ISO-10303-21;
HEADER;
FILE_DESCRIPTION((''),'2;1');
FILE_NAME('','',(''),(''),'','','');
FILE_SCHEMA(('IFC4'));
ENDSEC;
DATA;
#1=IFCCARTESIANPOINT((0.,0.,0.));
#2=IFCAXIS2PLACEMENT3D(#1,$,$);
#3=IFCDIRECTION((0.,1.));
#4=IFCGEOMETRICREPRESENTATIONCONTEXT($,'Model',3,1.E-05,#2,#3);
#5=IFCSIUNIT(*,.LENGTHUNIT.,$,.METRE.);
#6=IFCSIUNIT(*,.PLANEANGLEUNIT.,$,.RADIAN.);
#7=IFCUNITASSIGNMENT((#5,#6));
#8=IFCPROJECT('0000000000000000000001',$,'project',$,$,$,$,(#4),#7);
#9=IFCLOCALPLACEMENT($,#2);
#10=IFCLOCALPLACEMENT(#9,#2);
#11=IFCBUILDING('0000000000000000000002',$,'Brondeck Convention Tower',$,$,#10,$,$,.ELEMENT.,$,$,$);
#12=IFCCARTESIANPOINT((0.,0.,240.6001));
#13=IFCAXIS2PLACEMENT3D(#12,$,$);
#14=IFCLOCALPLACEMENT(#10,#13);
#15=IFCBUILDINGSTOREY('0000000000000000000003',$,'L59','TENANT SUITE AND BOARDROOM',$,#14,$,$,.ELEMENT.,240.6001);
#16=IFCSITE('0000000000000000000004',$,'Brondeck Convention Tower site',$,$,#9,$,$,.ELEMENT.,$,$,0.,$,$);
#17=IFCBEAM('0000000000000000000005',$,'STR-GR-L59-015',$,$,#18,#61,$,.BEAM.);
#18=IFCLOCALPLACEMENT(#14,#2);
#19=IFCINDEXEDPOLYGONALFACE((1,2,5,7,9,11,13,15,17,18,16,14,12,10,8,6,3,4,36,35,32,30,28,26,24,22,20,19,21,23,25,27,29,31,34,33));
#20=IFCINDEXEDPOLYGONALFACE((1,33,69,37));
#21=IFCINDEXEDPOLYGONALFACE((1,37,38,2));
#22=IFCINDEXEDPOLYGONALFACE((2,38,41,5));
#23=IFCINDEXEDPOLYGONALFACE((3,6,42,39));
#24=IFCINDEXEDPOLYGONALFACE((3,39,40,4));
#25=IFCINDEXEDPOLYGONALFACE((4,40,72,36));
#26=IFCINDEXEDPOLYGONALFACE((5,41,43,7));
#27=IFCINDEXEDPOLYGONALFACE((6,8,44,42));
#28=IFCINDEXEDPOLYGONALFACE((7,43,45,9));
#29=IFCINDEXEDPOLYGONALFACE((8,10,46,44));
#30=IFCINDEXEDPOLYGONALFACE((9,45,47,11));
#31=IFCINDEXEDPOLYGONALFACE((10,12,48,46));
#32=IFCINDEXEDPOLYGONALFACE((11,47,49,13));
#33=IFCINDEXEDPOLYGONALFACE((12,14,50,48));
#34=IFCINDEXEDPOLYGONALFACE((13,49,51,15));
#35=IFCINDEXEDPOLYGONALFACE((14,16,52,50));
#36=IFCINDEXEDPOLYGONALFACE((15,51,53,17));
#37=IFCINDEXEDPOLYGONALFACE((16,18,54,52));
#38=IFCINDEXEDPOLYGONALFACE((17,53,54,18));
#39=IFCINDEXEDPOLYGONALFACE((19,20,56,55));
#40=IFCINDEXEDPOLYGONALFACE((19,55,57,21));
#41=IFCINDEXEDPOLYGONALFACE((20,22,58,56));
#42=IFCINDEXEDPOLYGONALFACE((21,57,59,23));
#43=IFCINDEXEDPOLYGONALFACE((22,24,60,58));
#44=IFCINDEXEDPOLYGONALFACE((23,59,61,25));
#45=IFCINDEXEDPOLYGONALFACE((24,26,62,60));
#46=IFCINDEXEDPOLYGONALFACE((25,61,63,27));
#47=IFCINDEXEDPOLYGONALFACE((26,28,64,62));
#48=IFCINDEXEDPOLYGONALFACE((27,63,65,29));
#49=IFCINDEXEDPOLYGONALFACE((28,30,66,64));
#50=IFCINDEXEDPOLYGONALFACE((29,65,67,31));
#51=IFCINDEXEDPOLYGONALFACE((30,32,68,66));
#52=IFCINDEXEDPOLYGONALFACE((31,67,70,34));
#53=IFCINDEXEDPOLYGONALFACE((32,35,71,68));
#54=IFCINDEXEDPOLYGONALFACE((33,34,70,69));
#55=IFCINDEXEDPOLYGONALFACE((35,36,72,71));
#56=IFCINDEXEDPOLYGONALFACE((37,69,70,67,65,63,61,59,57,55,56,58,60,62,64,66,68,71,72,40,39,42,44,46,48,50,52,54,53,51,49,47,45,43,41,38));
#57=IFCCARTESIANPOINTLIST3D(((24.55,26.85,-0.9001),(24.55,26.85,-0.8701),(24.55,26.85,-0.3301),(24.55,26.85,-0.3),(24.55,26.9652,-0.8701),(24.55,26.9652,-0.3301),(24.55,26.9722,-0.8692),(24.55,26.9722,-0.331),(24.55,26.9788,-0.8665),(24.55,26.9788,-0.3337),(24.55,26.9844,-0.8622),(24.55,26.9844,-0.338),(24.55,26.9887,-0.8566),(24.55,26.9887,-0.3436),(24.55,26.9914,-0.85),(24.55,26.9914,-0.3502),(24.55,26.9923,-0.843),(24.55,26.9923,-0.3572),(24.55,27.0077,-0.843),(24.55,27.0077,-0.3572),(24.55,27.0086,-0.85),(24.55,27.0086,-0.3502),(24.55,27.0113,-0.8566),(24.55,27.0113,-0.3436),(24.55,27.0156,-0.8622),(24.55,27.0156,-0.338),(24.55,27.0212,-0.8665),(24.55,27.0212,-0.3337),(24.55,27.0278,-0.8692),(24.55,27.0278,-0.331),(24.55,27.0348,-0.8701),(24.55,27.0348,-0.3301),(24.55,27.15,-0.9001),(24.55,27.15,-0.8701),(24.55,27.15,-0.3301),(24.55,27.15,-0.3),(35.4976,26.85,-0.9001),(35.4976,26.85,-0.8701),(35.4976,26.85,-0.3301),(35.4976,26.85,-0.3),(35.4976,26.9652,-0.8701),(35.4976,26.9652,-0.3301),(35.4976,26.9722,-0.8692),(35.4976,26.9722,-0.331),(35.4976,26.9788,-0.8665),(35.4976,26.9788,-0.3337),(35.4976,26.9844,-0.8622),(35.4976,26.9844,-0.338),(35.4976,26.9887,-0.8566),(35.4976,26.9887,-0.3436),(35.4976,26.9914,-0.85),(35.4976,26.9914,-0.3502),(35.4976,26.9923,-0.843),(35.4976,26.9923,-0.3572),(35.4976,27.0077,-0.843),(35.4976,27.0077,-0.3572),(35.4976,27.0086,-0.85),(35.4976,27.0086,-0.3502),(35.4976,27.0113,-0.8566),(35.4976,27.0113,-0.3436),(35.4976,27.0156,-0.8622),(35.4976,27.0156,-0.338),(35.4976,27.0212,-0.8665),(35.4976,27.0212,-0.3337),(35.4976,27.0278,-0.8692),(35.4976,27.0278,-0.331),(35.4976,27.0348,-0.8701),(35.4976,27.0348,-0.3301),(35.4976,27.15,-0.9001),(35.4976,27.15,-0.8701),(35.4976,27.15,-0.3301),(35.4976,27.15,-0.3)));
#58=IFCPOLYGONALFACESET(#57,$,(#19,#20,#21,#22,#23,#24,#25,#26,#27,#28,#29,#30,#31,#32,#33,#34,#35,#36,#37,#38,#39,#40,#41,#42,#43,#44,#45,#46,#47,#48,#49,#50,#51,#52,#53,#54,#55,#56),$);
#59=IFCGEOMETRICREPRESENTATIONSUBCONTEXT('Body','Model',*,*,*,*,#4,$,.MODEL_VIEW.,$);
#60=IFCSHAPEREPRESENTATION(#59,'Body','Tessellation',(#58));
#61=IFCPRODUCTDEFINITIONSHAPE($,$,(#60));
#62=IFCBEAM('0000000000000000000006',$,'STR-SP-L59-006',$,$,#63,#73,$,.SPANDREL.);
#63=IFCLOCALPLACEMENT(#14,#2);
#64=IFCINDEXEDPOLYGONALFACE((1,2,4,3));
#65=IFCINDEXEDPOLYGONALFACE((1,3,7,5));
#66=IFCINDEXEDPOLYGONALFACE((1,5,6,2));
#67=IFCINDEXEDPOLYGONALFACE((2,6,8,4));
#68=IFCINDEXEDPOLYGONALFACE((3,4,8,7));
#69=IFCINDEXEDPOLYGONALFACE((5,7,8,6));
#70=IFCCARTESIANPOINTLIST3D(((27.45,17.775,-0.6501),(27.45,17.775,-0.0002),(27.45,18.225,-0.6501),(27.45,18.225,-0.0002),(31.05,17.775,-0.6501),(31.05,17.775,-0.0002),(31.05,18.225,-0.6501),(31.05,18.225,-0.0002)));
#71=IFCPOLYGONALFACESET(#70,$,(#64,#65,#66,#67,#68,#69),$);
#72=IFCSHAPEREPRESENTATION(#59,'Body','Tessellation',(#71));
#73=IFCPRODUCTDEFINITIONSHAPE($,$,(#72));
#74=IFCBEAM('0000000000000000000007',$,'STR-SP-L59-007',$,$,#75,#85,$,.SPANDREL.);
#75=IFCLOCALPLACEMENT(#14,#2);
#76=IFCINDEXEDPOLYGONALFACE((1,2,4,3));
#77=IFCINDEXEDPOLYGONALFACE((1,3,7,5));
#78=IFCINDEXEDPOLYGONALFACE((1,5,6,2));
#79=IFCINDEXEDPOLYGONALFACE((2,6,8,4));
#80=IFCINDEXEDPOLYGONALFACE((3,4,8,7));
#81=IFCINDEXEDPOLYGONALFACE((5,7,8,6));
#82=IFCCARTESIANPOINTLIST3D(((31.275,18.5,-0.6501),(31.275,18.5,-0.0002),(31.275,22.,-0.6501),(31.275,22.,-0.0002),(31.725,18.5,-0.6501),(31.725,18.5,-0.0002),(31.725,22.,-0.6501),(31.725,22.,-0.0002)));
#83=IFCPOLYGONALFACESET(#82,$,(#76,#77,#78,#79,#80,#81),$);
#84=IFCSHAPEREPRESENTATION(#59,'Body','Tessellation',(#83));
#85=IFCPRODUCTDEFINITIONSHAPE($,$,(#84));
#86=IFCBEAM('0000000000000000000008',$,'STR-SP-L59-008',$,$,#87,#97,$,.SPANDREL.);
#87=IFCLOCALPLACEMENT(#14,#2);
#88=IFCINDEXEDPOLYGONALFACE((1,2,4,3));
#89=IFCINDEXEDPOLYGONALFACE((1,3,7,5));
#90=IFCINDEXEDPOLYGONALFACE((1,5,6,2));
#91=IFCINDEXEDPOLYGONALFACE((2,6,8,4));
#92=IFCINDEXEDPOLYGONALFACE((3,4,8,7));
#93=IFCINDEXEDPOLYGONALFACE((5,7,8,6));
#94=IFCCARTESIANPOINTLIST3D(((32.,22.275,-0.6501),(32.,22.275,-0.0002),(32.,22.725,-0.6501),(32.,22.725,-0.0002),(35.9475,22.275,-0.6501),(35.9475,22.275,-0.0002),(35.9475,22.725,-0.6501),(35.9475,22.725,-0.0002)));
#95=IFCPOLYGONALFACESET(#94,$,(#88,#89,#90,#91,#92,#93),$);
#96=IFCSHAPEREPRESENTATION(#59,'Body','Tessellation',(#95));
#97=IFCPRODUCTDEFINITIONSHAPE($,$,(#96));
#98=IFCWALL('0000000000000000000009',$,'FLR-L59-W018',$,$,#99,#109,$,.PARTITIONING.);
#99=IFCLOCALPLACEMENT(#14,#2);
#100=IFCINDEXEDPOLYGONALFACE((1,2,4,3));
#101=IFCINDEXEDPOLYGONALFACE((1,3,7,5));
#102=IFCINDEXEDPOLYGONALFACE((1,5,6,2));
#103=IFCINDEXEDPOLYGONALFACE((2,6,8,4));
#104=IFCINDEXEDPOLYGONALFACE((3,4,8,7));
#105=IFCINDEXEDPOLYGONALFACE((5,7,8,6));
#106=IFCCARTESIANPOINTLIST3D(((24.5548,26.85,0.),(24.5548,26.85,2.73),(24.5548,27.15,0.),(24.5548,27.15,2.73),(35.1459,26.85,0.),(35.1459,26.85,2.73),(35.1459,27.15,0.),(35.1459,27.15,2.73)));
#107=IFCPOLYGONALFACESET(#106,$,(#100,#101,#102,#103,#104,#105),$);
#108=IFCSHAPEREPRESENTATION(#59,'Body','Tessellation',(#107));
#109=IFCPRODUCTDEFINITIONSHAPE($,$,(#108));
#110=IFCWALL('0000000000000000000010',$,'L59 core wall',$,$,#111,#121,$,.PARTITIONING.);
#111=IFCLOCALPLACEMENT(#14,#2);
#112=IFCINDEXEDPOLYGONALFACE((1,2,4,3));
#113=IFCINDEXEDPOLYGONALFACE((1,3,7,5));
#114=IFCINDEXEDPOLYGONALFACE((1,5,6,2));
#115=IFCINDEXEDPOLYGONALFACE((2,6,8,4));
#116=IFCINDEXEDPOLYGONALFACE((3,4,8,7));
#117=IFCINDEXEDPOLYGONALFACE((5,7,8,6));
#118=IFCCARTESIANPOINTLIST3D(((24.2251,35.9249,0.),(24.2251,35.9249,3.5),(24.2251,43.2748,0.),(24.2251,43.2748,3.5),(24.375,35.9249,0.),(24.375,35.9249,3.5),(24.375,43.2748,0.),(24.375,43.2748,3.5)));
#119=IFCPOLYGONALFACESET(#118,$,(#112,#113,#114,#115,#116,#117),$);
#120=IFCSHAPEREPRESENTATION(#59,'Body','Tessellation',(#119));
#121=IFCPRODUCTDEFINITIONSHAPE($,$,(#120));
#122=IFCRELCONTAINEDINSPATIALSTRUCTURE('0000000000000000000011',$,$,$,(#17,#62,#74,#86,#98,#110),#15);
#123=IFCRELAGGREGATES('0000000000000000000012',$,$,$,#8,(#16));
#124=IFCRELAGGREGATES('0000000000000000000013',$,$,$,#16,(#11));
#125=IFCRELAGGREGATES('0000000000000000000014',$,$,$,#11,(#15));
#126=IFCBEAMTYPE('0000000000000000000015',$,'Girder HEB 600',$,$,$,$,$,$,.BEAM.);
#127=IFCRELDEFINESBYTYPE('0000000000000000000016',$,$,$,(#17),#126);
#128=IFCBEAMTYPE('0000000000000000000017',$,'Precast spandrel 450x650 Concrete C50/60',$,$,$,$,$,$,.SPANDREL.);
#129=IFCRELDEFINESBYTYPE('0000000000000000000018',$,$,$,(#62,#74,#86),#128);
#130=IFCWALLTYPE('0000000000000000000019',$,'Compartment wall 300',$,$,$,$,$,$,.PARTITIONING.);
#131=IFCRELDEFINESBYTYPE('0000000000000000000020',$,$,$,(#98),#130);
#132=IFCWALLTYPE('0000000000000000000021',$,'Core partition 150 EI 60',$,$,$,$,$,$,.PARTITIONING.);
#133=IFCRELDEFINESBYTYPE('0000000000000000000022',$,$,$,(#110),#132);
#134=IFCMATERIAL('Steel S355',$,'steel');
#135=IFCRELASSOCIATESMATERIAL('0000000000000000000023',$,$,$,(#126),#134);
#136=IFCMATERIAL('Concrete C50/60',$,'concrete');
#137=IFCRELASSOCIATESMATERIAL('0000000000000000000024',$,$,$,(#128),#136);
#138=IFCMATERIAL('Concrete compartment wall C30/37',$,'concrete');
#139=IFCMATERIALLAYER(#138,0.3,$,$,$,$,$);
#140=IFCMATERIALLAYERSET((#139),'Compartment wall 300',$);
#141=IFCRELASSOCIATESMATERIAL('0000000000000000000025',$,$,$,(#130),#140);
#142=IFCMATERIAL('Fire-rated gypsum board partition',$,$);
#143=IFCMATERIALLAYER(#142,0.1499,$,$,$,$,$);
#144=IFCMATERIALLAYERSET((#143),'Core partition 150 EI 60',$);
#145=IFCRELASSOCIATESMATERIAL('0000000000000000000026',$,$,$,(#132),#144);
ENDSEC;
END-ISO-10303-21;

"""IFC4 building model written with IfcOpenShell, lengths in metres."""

from ifc_helpers import new_model, si_unit, direction, frame, frame_2d, origin, origin_2d, place, context, subcontext, project, spatial, rectangle, i_section, extrude, material, layer, layer_set, material_profile, profile_set, type_object, element, save


model = new_model("IFC4")

# Units and contexts
model_context = context("Model", 3, precision=1e-05, world=origin(), true_north=direction((0.0, 1.0)))
body_context = subcontext(model_context, "Body", "Model", "MODEL_VIEW")
ifc_project = project(units=[si_unit("LENGTHUNIT", "METRE"), si_unit("PLANEANGLEUNIT", "RADIAN")], contexts=[model_context])

# Site, building, storey
site_placement = place(None, origin())
site = spatial("IfcSite", under=ifc_project, at=site_placement, Name="Brondeck Convention Tower site", CompositionType="ELEMENT", RefElevation=0.0)
building_placement = place(site_placement, origin())
building = spatial("IfcBuilding", under=site, at=building_placement, Name="Brondeck Convention Tower", CompositionType="ELEMENT")
storey_placement = place(building_placement, frame((0.0, 0.0, 240.6001)))
storey = spatial("IfcBuildingStorey", under=building, at=storey_placement, Name="L59", Description="TENANT SUITE AND BOARDROOM", CompositionType="ELEMENT", Elevation=240.6001)

# Shared definitions
ifc_material_1 = material(Name="Concrete C50/60", Category="concrete")

# Beams
ifc_material_2 = material(Name="Steel S355", Category="steel")
ifc_material_profile_1 = material_profile(ifc_material_2, i_section(OverallWidth=0.3, OverallDepth=0.6001, WebThickness=0.0154, FlangeThickness=0.03, FilletRadius=0.0271, at=origin_2d()), Name="HEB 600")
ifc_profile_set_1 = profile_set([ifc_material_profile_1], Name="Steel S355")
beam_type_1 = type_object("IfcBeamType", Name="Girder HEB 600", PredefinedType="BEAM", material=ifc_profile_set_1)
beam_1_placement = place(storey_placement, frame((24.55, 27.0, -0.6001), z_axis=(1.0, 0.0, 0.0), x_axis=(0.0, 1.0, 0.0)))
element("IfcBeam", 1, at=beam_1_placement, inside=storey, type_object=beam_type_1, Name="STR-GR-L59-015", PredefinedType="BEAM", context=body_context, shape_type="SweptSolid", body=[
    extrude(i_section(OverallWidth=0.3, OverallDepth=0.6001, WebThickness=0.0154, FlangeThickness=0.03, FilletRadius=0.0271, at=origin_2d()), origin(), (0.0, 0.0, 1.0), 10.9475),
])
ifc_material_profile_2 = material_profile(ifc_material_1, rectangle(XDim=0.45, YDim=0.6499, at=origin_2d()), Name="Precast spandrel 450x650 Concrete C50/60")
ifc_profile_set_2 = profile_set([ifc_material_profile_2], Name="Concrete C50/60")
beam_type_2 = type_object("IfcBeamType", Name="Precast spandrel 450x650 Concrete C50/60", PredefinedType="SPANDREL", material=ifc_profile_set_2)
beam_2_placement = place(storey_placement, frame((27.45, 18.0, -0.3252), z_axis=(1.0, 0.0, 0.0), x_axis=(0.0, 1.0, 0.0)))
element("IfcBeam", 2, at=beam_2_placement, inside=storey, type_object=beam_type_2, Name="STR-SP-L59-006", PredefinedType="SPANDREL", context=body_context, shape_type="SweptSolid", body=[
    extrude(rectangle(XDim=0.45, YDim=0.6499, at=origin_2d()), origin(), (0.0, 0.0, 1.0), 3.6001),
])
beam_3_placement = place(storey_placement, frame((31.5, 18.5, -0.3252), z_axis=(0.0, 1.0, 0.0), x_axis=(-1.0, 0.0, 0.0)))
element("IfcBeam", 3, at=beam_3_placement, inside=storey, type_object=beam_type_2, Name="STR-SP-L59-007", PredefinedType="SPANDREL", context=body_context, shape_type="SweptSolid", body=[
    extrude(rectangle(XDim=0.45, YDim=0.6499, at=origin_2d()), origin(), (0.0, 0.0, 1.0), 3.5),
])
beam_4_placement = place(storey_placement, frame((32.0, 22.5, -0.3252), z_axis=(1.0, 0.0, 0.0), x_axis=(0.0, 1.0, 0.0)))
element("IfcBeam", 4, at=beam_4_placement, inside=storey, type_object=beam_type_2, Name="STR-SP-L59-008", PredefinedType="SPANDREL", context=body_context, shape_type="SweptSolid", body=[
    extrude(rectangle(XDim=0.45, YDim=0.6499, at=origin_2d()), origin(), (0.0, 0.0, 1.0), 3.9475),
])

# Walls
ifc_material_3 = material(Name="Concrete compartment wall C30/37", Category="concrete")
ifc_layer_1 = layer(ifc_material_3, 0.3)
ifc_layer_set_1 = layer_set([ifc_layer_1], Name="Compartment wall 300")
wall_type_1 = type_object("IfcWallType", Name="Compartment wall 300", PredefinedType="PARTITIONING", material=ifc_layer_set_1)
wall_1_placement = place(storey_placement, frame((24.5549, 27.0, 0.0), z_axis=(0.0, 0.0, 1.0), x_axis=(1.0, 0.0, 0.0)))
element("IfcWall", 5, at=wall_1_placement, inside=storey, type_object=wall_type_1, Name="FLR-L59-W018", PredefinedType="PARTITIONING", context=body_context, shape_type="SweptSolid", body=[
    extrude(rectangle(XDim=10.5911, YDim=0.3, at=frame_2d((5.2954, 0.0))), origin(), (0.0, 0.0, 1.0), 2.73),
])
ifc_material_4 = material(Name="Fire-rated gypsum board partition")
ifc_layer_2 = layer(ifc_material_4, 0.1499)
ifc_layer_set_2 = layer_set([ifc_layer_2], Name="Core partition 150 EI 60")
wall_type_2 = type_object("IfcWallType", Name="Core partition 150 EI 60", PredefinedType="PARTITIONING", material=ifc_layer_set_2)
wall_2_placement = place(storey_placement, frame((24.3, 35.925, 0.0), z_axis=(0.0, 0.0, 1.0), x_axis=(0.0, 1.0, 0.0)))
element("IfcWall", 6, at=wall_2_placement, inside=storey, type_object=wall_type_2, Name="L59 core wall", PredefinedType="PARTITIONING", context=body_context, shape_type="SweptSolid", body=[
    extrude(rectangle(XDim=7.3499, YDim=0.1499, at=frame_2d((3.6748, 0.0))), origin(), (0.0, 0.0, 1.0), 3.5),
])

save(model, "model.ifc")
